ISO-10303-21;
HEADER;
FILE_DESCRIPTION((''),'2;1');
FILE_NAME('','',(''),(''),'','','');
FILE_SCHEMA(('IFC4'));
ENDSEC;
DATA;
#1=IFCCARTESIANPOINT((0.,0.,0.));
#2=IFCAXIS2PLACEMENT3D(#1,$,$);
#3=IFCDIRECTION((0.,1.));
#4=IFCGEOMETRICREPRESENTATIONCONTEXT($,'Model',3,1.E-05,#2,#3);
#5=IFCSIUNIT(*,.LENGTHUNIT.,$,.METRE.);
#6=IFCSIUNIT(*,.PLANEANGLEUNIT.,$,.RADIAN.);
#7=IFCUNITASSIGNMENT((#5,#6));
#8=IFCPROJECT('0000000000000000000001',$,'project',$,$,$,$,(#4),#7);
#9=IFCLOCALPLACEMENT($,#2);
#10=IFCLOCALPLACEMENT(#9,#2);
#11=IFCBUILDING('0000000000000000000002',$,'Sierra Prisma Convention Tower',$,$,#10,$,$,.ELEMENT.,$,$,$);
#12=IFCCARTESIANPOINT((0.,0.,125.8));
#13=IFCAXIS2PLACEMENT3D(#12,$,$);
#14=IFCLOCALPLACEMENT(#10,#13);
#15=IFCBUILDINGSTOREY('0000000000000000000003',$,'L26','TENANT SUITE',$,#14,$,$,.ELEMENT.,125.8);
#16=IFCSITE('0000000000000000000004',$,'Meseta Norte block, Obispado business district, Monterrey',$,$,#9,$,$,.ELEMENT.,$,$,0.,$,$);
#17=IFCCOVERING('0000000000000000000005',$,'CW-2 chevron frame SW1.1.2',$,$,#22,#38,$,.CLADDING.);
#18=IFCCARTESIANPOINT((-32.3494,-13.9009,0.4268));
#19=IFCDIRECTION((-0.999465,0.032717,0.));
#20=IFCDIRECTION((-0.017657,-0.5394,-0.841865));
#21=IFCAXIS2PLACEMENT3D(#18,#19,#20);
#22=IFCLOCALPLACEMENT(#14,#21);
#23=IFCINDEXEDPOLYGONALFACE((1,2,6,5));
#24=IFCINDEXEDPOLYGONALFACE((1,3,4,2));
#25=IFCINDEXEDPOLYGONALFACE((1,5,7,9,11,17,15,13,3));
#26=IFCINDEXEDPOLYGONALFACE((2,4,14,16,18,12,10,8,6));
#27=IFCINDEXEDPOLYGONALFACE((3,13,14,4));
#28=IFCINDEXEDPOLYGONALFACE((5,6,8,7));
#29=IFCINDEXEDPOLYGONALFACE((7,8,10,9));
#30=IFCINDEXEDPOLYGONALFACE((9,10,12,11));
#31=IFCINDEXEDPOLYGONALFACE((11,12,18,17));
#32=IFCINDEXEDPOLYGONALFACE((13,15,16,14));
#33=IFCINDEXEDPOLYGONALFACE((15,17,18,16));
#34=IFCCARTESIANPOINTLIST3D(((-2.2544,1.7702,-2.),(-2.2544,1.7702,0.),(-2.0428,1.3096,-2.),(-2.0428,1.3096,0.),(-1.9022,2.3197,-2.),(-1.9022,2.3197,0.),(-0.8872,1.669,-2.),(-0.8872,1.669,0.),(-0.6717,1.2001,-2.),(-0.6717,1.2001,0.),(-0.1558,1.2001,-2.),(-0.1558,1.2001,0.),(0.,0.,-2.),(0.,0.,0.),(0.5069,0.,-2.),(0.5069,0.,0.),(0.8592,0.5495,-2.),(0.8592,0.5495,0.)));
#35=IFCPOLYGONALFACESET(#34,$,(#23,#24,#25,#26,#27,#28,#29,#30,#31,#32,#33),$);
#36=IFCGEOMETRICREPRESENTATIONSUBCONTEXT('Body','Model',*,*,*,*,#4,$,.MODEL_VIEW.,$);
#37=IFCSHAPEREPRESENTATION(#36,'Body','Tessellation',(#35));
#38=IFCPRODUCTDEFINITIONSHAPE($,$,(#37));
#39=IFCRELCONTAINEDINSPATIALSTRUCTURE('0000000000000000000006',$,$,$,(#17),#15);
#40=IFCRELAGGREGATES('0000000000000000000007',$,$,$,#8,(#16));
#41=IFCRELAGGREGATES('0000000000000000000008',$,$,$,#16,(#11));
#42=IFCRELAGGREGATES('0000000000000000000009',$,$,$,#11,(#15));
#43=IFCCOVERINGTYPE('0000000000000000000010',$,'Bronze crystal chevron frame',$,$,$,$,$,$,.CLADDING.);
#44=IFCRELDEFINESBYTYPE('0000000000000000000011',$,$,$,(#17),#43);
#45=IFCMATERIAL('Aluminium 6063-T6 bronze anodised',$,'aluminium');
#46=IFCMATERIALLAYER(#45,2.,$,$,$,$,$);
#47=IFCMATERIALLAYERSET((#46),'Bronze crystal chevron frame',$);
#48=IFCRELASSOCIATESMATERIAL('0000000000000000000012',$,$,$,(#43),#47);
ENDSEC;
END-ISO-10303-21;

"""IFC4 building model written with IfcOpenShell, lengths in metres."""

from ifc_helpers import new_model, si_unit, direction, frame, origin, place, context, subcontext, project, spatial, polyline, outline, extrude, material, layer, layer_set, type_object, element, save


model = new_model("IFC4")

# Units and contexts
model_context = context("Model", 3, precision=1e-05, world=origin(), true_north=direction((0.0, 1.0)))
body_context = subcontext(model_context, "Body", "Model", "MODEL_VIEW")
ifc_project = project(units=[si_unit("LENGTHUNIT", "METRE"), si_unit("PLANEANGLEUNIT", "RADIAN")], contexts=[model_context])

# Site, building, storey
site_placement = place(None, origin())
site = spatial("IfcSite", under=ifc_project, at=site_placement, Name="Meseta Norte block, Obispado business district, Monterrey", CompositionType="ELEMENT", RefElevation=0.0)
building_placement = place(site_placement, origin())
building = spatial("IfcBuilding", under=site, at=building_placement, Name="Sierra Prisma Convention Tower", CompositionType="ELEMENT")
storey_placement = place(building_placement, frame((0.0, 0.0, 125.8)))
storey = spatial("IfcBuildingStorey", under=building, at=storey_placement, Name="L26", Description="TENANT SUITE", CompositionType="ELEMENT", Elevation=125.8)

# Covering
ifc_material_1 = material(Name="Aluminium 6063-T6 bronze anodised", Category="aluminium")
ifc_layer_1 = layer(ifc_material_1, 2.0)
ifc_layer_set_1 = layer_set([ifc_layer_1], Name="Bronze crystal chevron frame")
covering_type = type_object("IfcCoveringType", Name="Bronze crystal chevron frame", PredefinedType="CLADDING", material=ifc_layer_set_1)
covering_1_placement = place(storey_placement, frame((-32.3494, -13.9009, 0.4268), z_axis=(-0.999465, 0.032717, 0.0), x_axis=(-0.017657, -0.5394, -0.841865)))
element("IfcCovering", 1, at=covering_1_placement, inside=storey, type_object=covering_type, Name="CW-2 chevron frame SW1.1.2", PredefinedType="CLADDING", context=body_context, shape_type="SweptSolid", body=[
    extrude(outline(polyline([(0.0, 0.0), (0.5069, 0.0), (0.8592, 0.5495), (-0.1558, 1.2001), (-0.6717, 1.2001), (-0.8872, 1.669), (-1.9022, 2.3197), (-2.2544, 1.7702), (-2.0428, 1.3096), (0.0, 0.0)])), origin(), (0.0, 0.0, -1.0), 2.0),
])

save(model, "model.ifc")
